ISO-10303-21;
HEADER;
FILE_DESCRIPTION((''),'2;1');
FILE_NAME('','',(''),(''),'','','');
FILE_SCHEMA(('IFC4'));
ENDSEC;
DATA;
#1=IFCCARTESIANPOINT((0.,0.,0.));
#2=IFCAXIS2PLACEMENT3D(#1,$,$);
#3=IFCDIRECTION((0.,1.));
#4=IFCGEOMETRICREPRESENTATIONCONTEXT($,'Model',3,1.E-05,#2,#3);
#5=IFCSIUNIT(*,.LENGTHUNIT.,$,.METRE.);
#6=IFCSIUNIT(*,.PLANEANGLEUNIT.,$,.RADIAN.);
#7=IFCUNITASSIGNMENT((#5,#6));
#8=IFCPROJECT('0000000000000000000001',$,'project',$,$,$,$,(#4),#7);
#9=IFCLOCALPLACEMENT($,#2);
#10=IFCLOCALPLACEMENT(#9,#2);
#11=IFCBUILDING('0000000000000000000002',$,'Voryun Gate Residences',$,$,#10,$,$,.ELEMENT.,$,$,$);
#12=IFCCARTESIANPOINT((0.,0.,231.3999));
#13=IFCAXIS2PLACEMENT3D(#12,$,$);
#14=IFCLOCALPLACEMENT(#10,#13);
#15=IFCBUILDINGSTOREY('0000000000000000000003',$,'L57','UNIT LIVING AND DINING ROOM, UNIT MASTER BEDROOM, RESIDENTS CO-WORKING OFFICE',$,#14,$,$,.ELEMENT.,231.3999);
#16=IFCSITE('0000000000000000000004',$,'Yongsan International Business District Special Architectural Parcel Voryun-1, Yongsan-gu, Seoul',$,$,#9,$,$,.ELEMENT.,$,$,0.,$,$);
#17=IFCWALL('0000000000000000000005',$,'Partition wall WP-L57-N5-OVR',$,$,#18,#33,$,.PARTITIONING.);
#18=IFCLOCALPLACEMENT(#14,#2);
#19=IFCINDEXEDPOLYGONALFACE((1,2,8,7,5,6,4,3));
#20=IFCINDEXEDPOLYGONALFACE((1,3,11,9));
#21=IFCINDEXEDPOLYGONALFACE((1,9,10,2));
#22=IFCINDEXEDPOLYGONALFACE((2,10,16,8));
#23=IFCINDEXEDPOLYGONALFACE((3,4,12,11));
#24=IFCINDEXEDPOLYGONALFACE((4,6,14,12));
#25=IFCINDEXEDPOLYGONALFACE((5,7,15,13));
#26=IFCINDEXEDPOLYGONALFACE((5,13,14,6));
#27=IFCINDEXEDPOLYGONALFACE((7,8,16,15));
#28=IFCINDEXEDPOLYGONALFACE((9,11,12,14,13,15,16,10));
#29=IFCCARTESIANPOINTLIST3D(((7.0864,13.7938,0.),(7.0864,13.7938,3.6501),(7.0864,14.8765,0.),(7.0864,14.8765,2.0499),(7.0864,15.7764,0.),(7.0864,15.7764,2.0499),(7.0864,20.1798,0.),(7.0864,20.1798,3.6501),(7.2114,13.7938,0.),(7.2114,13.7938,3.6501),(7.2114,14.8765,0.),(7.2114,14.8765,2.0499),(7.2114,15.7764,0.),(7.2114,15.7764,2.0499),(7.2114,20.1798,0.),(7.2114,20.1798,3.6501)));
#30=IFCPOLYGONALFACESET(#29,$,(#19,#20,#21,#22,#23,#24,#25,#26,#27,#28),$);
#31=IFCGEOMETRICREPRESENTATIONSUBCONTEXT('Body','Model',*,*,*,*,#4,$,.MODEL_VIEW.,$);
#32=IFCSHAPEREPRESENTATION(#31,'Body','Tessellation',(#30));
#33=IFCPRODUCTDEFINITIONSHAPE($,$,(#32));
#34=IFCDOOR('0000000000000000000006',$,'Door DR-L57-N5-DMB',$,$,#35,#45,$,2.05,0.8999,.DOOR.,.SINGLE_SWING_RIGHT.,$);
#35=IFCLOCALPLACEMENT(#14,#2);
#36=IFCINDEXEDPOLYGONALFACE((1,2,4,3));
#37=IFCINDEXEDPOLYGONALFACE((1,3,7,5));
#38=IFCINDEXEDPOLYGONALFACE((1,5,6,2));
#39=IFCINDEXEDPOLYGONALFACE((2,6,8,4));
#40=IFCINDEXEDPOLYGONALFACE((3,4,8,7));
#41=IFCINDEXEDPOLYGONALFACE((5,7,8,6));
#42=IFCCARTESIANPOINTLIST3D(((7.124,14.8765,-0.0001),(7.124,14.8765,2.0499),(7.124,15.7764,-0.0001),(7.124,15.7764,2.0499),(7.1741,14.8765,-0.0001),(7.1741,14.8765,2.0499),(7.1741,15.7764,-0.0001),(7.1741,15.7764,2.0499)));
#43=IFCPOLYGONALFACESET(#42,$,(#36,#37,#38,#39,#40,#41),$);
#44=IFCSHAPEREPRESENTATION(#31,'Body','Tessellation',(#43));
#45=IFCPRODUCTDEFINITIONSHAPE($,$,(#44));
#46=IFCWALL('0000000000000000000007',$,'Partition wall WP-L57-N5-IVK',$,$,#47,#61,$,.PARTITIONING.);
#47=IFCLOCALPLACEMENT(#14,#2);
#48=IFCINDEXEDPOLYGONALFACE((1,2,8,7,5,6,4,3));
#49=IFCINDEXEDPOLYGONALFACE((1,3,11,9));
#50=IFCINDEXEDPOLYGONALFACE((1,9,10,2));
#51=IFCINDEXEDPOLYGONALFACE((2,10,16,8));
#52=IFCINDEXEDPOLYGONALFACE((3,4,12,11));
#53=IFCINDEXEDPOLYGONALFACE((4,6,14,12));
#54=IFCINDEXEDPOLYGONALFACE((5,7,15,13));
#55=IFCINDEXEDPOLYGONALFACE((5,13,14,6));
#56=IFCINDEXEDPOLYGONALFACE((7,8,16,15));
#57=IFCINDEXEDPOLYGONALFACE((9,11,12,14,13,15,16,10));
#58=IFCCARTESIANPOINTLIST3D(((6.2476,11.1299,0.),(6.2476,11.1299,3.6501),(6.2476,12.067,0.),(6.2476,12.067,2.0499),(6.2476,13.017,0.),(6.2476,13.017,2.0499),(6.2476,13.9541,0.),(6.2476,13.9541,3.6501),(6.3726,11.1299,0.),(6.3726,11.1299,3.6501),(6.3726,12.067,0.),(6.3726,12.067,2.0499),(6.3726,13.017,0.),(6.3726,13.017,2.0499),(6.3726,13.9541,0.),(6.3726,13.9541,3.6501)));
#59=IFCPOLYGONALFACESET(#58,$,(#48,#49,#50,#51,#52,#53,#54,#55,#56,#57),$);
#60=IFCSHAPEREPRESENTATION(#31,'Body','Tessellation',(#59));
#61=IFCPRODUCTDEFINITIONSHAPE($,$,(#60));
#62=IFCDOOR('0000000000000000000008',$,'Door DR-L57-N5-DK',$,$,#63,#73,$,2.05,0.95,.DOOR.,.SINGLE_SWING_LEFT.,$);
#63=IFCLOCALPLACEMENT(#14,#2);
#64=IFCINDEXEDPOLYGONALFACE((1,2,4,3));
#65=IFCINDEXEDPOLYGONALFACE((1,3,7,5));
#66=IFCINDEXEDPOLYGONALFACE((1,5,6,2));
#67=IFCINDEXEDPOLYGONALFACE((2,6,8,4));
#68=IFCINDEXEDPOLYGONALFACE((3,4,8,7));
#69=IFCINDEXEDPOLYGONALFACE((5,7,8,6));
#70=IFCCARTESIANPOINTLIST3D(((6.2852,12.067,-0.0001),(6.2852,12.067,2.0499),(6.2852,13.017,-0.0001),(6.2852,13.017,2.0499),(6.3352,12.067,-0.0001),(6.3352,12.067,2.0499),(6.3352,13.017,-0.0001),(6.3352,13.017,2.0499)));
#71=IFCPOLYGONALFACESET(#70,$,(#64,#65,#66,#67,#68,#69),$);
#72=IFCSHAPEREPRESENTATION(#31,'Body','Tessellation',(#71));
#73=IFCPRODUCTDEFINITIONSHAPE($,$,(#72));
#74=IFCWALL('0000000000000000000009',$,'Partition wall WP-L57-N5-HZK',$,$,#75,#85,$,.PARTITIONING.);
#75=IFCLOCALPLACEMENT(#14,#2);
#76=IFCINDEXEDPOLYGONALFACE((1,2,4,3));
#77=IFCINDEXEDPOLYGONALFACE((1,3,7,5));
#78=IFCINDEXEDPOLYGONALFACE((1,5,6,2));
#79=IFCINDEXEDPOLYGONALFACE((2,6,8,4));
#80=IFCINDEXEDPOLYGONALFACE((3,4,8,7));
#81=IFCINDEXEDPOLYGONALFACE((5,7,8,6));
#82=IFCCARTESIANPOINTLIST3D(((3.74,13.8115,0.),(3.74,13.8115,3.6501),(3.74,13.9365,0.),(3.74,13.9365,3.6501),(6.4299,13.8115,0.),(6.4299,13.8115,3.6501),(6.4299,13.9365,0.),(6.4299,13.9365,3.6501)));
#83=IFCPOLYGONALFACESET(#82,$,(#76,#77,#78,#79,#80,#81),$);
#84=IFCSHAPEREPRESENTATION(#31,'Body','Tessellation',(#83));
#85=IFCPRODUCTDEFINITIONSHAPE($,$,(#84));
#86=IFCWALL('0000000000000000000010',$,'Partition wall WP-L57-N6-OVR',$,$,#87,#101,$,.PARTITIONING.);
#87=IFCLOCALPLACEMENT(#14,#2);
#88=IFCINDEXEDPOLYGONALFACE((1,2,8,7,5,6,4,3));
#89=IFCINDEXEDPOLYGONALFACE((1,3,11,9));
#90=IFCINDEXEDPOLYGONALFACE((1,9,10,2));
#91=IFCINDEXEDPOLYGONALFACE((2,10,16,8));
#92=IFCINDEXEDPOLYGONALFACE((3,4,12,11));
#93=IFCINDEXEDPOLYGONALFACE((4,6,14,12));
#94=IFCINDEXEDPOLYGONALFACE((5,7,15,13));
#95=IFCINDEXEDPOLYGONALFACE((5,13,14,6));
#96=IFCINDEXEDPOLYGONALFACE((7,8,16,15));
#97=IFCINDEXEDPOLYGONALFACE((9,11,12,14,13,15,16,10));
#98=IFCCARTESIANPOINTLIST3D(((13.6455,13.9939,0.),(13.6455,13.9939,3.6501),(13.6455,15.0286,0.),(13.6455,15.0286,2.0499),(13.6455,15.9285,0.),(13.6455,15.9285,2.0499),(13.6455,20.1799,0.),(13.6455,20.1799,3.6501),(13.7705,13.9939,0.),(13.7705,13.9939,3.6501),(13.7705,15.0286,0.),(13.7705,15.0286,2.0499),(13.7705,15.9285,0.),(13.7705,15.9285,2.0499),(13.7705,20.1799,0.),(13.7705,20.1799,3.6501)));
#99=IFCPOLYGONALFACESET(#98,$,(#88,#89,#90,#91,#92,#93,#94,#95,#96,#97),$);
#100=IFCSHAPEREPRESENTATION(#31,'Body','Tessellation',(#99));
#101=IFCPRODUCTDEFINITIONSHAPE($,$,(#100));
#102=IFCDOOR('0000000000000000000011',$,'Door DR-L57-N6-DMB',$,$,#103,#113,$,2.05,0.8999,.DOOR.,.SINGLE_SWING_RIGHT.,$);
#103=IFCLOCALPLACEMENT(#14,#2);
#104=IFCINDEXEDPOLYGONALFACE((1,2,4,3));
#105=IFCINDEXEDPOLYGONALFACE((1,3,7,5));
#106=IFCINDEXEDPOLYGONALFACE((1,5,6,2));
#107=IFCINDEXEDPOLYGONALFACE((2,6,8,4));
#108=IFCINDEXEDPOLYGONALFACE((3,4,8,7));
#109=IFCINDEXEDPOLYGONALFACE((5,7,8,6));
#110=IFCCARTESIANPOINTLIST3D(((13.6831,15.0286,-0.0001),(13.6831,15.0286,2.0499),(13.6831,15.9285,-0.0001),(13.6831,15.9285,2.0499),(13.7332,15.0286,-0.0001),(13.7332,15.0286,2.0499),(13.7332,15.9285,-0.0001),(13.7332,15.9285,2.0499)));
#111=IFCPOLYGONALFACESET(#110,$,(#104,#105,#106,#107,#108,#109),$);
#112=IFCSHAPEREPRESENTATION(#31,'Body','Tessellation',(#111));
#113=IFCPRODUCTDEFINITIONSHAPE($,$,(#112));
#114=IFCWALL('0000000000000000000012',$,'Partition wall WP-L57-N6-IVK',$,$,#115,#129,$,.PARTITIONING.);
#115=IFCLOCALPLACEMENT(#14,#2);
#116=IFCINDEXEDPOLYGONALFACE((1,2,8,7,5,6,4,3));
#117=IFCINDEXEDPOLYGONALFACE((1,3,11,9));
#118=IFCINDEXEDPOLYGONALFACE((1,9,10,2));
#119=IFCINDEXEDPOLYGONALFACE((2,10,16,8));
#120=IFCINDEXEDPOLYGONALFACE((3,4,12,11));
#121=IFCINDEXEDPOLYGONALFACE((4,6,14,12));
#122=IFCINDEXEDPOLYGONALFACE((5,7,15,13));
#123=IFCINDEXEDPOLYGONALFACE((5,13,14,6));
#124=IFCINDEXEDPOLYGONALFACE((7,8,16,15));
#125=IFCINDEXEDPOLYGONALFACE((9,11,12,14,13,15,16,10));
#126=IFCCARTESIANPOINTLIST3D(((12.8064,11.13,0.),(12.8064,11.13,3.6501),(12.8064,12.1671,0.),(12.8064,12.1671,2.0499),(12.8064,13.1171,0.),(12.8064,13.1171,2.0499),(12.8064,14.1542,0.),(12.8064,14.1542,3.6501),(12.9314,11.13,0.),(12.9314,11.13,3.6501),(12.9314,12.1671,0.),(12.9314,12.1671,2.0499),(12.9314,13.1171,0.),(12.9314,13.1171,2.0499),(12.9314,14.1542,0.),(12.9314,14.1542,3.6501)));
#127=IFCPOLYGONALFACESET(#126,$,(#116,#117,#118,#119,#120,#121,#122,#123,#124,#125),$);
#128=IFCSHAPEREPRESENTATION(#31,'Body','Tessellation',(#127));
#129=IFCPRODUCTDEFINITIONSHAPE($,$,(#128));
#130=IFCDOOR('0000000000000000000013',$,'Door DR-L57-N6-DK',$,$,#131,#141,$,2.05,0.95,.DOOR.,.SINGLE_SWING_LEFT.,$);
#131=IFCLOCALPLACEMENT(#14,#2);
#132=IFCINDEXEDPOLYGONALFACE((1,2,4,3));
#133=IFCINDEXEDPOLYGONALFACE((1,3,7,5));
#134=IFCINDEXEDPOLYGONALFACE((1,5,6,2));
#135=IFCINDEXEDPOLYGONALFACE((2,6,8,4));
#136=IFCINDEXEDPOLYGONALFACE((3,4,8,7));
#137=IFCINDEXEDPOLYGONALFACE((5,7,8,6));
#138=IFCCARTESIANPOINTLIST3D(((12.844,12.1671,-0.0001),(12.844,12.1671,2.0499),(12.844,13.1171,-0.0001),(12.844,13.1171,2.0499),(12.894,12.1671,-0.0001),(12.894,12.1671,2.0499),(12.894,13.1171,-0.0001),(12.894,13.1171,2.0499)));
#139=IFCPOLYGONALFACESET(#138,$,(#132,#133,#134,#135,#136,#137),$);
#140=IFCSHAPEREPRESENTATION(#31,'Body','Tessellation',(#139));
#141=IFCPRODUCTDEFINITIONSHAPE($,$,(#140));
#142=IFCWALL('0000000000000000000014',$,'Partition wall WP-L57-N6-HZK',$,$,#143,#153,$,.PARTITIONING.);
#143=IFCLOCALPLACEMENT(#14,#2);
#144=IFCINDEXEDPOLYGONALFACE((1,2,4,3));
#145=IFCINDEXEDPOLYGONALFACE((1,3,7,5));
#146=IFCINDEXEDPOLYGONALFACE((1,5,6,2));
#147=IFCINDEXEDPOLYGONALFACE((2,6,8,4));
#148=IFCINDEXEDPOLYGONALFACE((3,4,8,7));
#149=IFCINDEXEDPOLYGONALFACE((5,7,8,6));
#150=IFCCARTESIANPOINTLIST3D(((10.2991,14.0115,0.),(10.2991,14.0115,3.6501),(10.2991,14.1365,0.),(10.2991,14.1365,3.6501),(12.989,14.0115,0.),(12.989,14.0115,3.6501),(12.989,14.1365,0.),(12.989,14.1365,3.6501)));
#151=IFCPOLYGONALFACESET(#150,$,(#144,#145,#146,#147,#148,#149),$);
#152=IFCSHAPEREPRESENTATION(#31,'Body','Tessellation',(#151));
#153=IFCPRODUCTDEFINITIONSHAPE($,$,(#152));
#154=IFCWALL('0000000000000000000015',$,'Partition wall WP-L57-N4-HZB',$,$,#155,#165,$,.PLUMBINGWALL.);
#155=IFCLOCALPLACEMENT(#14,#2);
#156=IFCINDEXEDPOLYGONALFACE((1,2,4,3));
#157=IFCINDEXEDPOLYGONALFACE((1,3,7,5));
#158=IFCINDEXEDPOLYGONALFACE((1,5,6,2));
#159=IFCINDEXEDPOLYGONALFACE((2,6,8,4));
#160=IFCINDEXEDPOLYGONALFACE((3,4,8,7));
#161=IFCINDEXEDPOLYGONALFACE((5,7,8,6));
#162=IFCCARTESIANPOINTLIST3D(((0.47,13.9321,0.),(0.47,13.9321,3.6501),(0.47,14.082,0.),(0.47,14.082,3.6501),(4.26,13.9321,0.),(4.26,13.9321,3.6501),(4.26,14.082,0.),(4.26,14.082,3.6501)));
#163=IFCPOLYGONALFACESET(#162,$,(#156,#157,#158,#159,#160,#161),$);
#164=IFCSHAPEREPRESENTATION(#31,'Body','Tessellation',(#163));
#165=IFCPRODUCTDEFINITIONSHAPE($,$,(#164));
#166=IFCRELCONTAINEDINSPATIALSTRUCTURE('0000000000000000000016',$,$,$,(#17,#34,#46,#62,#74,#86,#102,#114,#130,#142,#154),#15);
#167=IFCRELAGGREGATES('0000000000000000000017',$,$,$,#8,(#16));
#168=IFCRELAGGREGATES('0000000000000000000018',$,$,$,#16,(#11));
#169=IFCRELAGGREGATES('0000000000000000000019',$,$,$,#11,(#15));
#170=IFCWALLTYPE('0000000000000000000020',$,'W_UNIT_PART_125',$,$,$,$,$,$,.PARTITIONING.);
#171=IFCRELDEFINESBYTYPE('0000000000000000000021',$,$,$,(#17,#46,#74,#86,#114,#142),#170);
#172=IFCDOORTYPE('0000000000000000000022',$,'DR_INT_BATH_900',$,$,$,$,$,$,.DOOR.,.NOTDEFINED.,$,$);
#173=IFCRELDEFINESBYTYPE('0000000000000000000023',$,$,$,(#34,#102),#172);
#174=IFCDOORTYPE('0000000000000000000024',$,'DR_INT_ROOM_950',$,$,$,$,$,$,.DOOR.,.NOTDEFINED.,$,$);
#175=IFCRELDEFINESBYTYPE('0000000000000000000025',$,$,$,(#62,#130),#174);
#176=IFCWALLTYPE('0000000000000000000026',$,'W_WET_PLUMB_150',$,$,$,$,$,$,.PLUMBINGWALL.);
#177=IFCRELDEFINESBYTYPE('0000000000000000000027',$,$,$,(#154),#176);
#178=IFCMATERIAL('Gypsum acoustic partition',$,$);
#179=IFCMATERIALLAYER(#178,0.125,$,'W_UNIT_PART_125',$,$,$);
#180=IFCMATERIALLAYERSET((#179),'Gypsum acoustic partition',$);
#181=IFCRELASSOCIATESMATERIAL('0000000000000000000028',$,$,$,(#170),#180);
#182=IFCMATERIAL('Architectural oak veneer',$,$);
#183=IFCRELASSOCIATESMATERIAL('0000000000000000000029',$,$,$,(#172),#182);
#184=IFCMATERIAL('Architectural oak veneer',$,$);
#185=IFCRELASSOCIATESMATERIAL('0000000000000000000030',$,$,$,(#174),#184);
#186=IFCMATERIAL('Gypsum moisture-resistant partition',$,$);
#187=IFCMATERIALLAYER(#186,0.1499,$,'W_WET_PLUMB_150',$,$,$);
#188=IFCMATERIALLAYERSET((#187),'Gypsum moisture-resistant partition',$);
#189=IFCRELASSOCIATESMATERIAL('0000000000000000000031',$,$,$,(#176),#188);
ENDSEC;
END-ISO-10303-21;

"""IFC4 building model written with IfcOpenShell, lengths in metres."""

from ifc_helpers import new_model, si_unit, direction, frame, frame_2d, origin, place, context, subcontext, project, spatial, rectangle, extrude, material, layer, layer_set, type_object, element, fill, save


model = new_model("IFC4")

# Units and contexts
model_context = context("Model", 3, precision=1e-05, world=origin(), true_north=direction((0.0, 1.0)))
body_context = subcontext(model_context, "Body", "Model", "MODEL_VIEW")
ifc_project = project(units=[si_unit("LENGTHUNIT", "METRE"), si_unit("PLANEANGLEUNIT", "RADIAN")], contexts=[model_context])

# Site, building, storey
site_placement = place(None, origin())
site = spatial("IfcSite", under=ifc_project, at=site_placement, Name="Yongsan International Business District Special Architectural Parcel Voryun-1, Yongsan-gu, Seoul", CompositionType="ELEMENT", RefElevation=0.0)
building_placement = place(site_placement, origin())
building = spatial("IfcBuilding", under=site, at=building_placement, Name="Voryun Gate Residences", CompositionType="ELEMENT")
storey_placement = place(building_placement, frame((0.0, 0.0, 231.3999)))
storey = spatial("IfcBuildingStorey", under=building, at=storey_placement, Name="L57", Description="UNIT LIVING AND DINING ROOM, UNIT MASTER BEDROOM, RESIDENTS CO-WORKING OFFICE", CompositionType="ELEMENT", Elevation=231.3999)

# Walls, openings, doors
ifc_material_1 = material(Name="Gypsum acoustic partition")
ifc_layer_1 = layer(ifc_material_1, 0.125, Name="W_UNIT_PART_125")
ifc_layer_set_1 = layer_set([ifc_layer_1], Name="Gypsum acoustic partition")
wall_type_1 = type_object("IfcWallType", Name="W_UNIT_PART_125", PredefinedType="PARTITIONING", material=ifc_layer_set_1)
ifc_material_2 = material(Name="Architectural oak veneer")
door_type_1 = type_object("IfcDoorType", Name="DR_INT_BATH_900", OperationType="NOTDEFINED", PredefinedType="DOOR", material=ifc_material_2)
wall_1_placement = place(storey_placement, frame((7.1489, 13.7939, 0.0), z_axis=(0.0, 0.0, 1.0), x_axis=(0.0, 1.0, 0.0)))
wall_1 = element("IfcWall", 1, at=wall_1_placement, inside=storey, type_object=wall_type_1, Name="Partition wall WP-L57-N5-OVR", PredefinedType="PARTITIONING", context=body_context, shape_type="SweptSolid", body=[
    extrude(rectangle(XDim=6.386, YDim=0.125, at=frame_2d((3.1929, 0.0))), origin(), (0.0, 0.0, 1.0), 3.6501),
])
opening_1_placement = place(wall_1_placement, frame((1.0825, 0.0, 0.0)))
opening_1 = element("IfcOpeningElement", 2, at=opening_1_placement, cuts=wall_1, PredefinedType="OPENING", context=body_context, shape_type="SweptSolid", body=[
    extrude(rectangle(XDim=0.8999, YDim=2.05, at=frame_2d((0.45, 1.0249))), frame((0.0, 0.0725, 0.0), z_axis=(0.0, -1.0, 0.0), x_axis=(1.0, 0.0, 0.0)), (0.0, 0.0, 1.0), 0.145),
])
door_1_placement = place(opening_1_placement, origin())
door_1 = element("IfcDoor", 3, at=door_1_placement, inside=storey, type_object=door_type_1, Name="Door DR-L57-N5-DMB", OperationType="SINGLE_SWING_RIGHT", OverallHeight=2.05, OverallWidth=0.8999, PredefinedType="DOOR", context=body_context, shape_type="SweptSolid", body=[
    extrude(rectangle(XDim=0.8999, YDim=2.05, at=frame_2d((0.45, 1.0249))), frame((0.0, 0.0249, 0.0), z_axis=(0.0, -1.0, 0.0), x_axis=(1.0, 0.0, 0.0)), (0.0, 0.0, 1.0), 0.05),
])
fill(opening_1, door_1)
wall_2_placement = place(storey_placement, frame((6.3101, 11.1299, 0.0), z_axis=(0.0, 0.0, 1.0), x_axis=(0.0, 1.0, 0.0)))
wall_2 = element("IfcWall", 4, at=wall_2_placement, inside=storey, type_object=wall_type_1, Name="Partition wall WP-L57-N5-IVK", PredefinedType="PARTITIONING", context=body_context, shape_type="SweptSolid", body=[
    extrude(rectangle(XDim=2.8242, YDim=0.125, at=frame_2d((1.4121, 0.0))), origin(), (0.0, 0.0, 1.0), 3.6501),
])
opening_2_placement = place(wall_2_placement, frame((0.937, 0.0, 0.0)))
opening_2 = element("IfcOpeningElement", 5, at=opening_2_placement, cuts=wall_2, PredefinedType="OPENING", context=body_context, shape_type="SweptSolid", body=[
    extrude(rectangle(XDim=0.95, YDim=2.05, at=frame_2d((0.4751, 1.0249))), frame((0.0, 0.0725, 0.0), z_axis=(0.0, -1.0, 0.0), x_axis=(1.0, 0.0, 0.0)), (0.0, 0.0, 1.0), 0.145),
])
ifc_material_3 = material(Name="Architectural oak veneer")
door_type_2 = type_object("IfcDoorType", Name="DR_INT_ROOM_950", OperationType="NOTDEFINED", PredefinedType="DOOR", material=ifc_material_3)
door_2_placement = place(opening_2_placement, origin())
door_2 = element("IfcDoor", 6, at=door_2_placement, inside=storey, type_object=door_type_2, Name="Door DR-L57-N5-DK", OperationType="SINGLE_SWING_LEFT", OverallHeight=2.05, OverallWidth=0.95, PredefinedType="DOOR", context=body_context, shape_type="SweptSolid", body=[
    extrude(rectangle(XDim=0.95, YDim=2.05, at=frame_2d((0.4751, 1.0249))), frame((0.0, 0.0249, 0.0), z_axis=(0.0, -1.0, 0.0), x_axis=(1.0, 0.0, 0.0)), (0.0, 0.0, 1.0), 0.05),
])
fill(opening_2, door_2)

# Wall
wall_3_placement = place(storey_placement, frame((3.74, 13.874, 0.0), z_axis=(0.0, 0.0, 1.0), x_axis=(1.0, 0.0, 0.0)))
element("IfcWall", 7, at=wall_3_placement, inside=storey, type_object=wall_type_1, Name="Partition wall WP-L57-N5-HZK", PredefinedType="PARTITIONING", context=body_context, shape_type="SweptSolid", body=[
    extrude(rectangle(XDim=2.6899, YDim=0.125, at=frame_2d((1.345, 0.0))), origin(), (0.0, 0.0, 1.0), 3.6501),
])

# Walls, openings, doors
wall_4_placement = place(storey_placement, frame((13.708, 13.9939, 0.0), z_axis=(0.0, 0.0, 1.0), x_axis=(0.0, 1.0, 0.0)))
wall_4 = element("IfcWall", 8, at=wall_4_placement, inside=storey, type_object=wall_type_1, Name="Partition wall WP-L57-N6-OVR", PredefinedType="PARTITIONING", context=body_context, shape_type="SweptSolid", body=[
    extrude(rectangle(XDim=6.186, YDim=0.125, at=frame_2d((3.093, 0.0))), origin(), (0.0, 0.0, 1.0), 3.6501),
])
opening_3_placement = place(wall_4_placement, frame((1.0347, 0.0, 0.0)))
opening_3 = element("IfcOpeningElement", 9, at=opening_3_placement, cuts=wall_4, PredefinedType="OPENING", context=body_context, shape_type="SweptSolid", body=[
    extrude(rectangle(XDim=0.8999, YDim=2.05, at=frame_2d((0.45, 1.0249))), frame((0.0, 0.0725, 0.0), z_axis=(0.0, -1.0, 0.0), x_axis=(1.0, 0.0, 0.0)), (0.0, 0.0, 1.0), 0.145),
])
door_3_placement = place(opening_3_placement, origin())
door_3 = element("IfcDoor", 10, at=door_3_placement, inside=storey, type_object=door_type_1, Name="Door DR-L57-N6-DMB", OperationType="SINGLE_SWING_RIGHT", OverallHeight=2.05, OverallWidth=0.8999, PredefinedType="DOOR", context=body_context, shape_type="SweptSolid", body=[
    extrude(rectangle(XDim=0.8999, YDim=2.05, at=frame_2d((0.45, 1.0249))), frame((0.0, 0.0249, 0.0), z_axis=(0.0, -1.0, 0.0), x_axis=(1.0, 0.0, 0.0)), (0.0, 0.0, 1.0), 0.05),
])
fill(opening_3, door_3)
wall_5_placement = place(storey_placement, frame((12.8689, 11.1299, 0.0), z_axis=(0.0, 0.0, 1.0), x_axis=(0.0, 1.0, 0.0)))
wall_5 = element("IfcWall", 11, at=wall_5_placement, inside=storey, type_object=wall_type_1, Name="Partition wall WP-L57-N6-IVK", PredefinedType="PARTITIONING", context=body_context, shape_type="SweptSolid", body=[
    extrude(rectangle(XDim=3.0242, YDim=0.125, at=frame_2d((1.5122, 0.0))), origin(), (0.0, 0.0, 1.0), 3.6501),
])
opening_4_placement = place(wall_5_placement, frame((1.0371, 0.0, 0.0)))
opening_4 = element("IfcOpeningElement", 12, at=opening_4_placement, cuts=wall_5, PredefinedType="OPENING", context=body_context, shape_type="SweptSolid", body=[
    extrude(rectangle(XDim=0.95, YDim=2.05, at=frame_2d((0.4751, 1.0249))), frame((0.0, 0.0725, 0.0), z_axis=(0.0, -1.0, 0.0), x_axis=(1.0, 0.0, 0.0)), (0.0, 0.0, 1.0), 0.145),
])
door_4_placement = place(opening_4_placement, origin())
door_4 = element("IfcDoor", 13, at=door_4_placement, inside=storey, type_object=door_type_2, Name="Door DR-L57-N6-DK", OperationType="SINGLE_SWING_LEFT", OverallHeight=2.05, OverallWidth=0.95, PredefinedType="DOOR", context=body_context, shape_type="SweptSolid", body=[
    extrude(rectangle(XDim=0.95, YDim=2.05, at=frame_2d((0.4751, 1.0249))), frame((0.0, 0.0249, 0.0), z_axis=(0.0, -1.0, 0.0), x_axis=(1.0, 0.0, 0.0)), (0.0, 0.0, 1.0), 0.05),
])
fill(opening_4, door_4)

# Walls
wall_6_placement = place(storey_placement, frame((10.2991, 14.074, 0.0), z_axis=(0.0, 0.0, 1.0), x_axis=(1.0, 0.0, 0.0)))
element("IfcWall", 14, at=wall_6_placement, inside=storey, type_object=wall_type_1, Name="Partition wall WP-L57-N6-HZK", PredefinedType="PARTITIONING", context=body_context, shape_type="SweptSolid", body=[
    extrude(rectangle(XDim=2.6899, YDim=0.125, at=frame_2d((1.345, 0.0))), origin(), (0.0, 0.0, 1.0), 3.6501),
])
ifc_material_4 = material(Name="Gypsum moisture-resistant partition")
ifc_layer_2 = layer(ifc_material_4, 0.1499, Name="W_WET_PLUMB_150")
ifc_layer_set_2 = layer_set([ifc_layer_2], Name="Gypsum moisture-resistant partition")
wall_type_2 = type_object("IfcWallType", Name="W_WET_PLUMB_150", PredefinedType="PLUMBINGWALL", material=ifc_layer_set_2)
wall_7_placement = place(storey_placement, frame((0.47, 14.0071, 0.0), z_axis=(0.0, 0.0, 1.0), x_axis=(1.0, 0.0, 0.0)))
element("IfcWall", 15, at=wall_7_placement, inside=storey, type_object=wall_type_2, Name="Partition wall WP-L57-N4-HZB", PredefinedType="PLUMBINGWALL", context=body_context, shape_type="SweptSolid", body=[
    extrude(rectangle(XDim=3.79, YDim=0.1499, at=frame_2d((1.895, 0.0))), origin(), (0.0, 0.0, 1.0), 3.6501),
])

save(model, "model.ifc")
